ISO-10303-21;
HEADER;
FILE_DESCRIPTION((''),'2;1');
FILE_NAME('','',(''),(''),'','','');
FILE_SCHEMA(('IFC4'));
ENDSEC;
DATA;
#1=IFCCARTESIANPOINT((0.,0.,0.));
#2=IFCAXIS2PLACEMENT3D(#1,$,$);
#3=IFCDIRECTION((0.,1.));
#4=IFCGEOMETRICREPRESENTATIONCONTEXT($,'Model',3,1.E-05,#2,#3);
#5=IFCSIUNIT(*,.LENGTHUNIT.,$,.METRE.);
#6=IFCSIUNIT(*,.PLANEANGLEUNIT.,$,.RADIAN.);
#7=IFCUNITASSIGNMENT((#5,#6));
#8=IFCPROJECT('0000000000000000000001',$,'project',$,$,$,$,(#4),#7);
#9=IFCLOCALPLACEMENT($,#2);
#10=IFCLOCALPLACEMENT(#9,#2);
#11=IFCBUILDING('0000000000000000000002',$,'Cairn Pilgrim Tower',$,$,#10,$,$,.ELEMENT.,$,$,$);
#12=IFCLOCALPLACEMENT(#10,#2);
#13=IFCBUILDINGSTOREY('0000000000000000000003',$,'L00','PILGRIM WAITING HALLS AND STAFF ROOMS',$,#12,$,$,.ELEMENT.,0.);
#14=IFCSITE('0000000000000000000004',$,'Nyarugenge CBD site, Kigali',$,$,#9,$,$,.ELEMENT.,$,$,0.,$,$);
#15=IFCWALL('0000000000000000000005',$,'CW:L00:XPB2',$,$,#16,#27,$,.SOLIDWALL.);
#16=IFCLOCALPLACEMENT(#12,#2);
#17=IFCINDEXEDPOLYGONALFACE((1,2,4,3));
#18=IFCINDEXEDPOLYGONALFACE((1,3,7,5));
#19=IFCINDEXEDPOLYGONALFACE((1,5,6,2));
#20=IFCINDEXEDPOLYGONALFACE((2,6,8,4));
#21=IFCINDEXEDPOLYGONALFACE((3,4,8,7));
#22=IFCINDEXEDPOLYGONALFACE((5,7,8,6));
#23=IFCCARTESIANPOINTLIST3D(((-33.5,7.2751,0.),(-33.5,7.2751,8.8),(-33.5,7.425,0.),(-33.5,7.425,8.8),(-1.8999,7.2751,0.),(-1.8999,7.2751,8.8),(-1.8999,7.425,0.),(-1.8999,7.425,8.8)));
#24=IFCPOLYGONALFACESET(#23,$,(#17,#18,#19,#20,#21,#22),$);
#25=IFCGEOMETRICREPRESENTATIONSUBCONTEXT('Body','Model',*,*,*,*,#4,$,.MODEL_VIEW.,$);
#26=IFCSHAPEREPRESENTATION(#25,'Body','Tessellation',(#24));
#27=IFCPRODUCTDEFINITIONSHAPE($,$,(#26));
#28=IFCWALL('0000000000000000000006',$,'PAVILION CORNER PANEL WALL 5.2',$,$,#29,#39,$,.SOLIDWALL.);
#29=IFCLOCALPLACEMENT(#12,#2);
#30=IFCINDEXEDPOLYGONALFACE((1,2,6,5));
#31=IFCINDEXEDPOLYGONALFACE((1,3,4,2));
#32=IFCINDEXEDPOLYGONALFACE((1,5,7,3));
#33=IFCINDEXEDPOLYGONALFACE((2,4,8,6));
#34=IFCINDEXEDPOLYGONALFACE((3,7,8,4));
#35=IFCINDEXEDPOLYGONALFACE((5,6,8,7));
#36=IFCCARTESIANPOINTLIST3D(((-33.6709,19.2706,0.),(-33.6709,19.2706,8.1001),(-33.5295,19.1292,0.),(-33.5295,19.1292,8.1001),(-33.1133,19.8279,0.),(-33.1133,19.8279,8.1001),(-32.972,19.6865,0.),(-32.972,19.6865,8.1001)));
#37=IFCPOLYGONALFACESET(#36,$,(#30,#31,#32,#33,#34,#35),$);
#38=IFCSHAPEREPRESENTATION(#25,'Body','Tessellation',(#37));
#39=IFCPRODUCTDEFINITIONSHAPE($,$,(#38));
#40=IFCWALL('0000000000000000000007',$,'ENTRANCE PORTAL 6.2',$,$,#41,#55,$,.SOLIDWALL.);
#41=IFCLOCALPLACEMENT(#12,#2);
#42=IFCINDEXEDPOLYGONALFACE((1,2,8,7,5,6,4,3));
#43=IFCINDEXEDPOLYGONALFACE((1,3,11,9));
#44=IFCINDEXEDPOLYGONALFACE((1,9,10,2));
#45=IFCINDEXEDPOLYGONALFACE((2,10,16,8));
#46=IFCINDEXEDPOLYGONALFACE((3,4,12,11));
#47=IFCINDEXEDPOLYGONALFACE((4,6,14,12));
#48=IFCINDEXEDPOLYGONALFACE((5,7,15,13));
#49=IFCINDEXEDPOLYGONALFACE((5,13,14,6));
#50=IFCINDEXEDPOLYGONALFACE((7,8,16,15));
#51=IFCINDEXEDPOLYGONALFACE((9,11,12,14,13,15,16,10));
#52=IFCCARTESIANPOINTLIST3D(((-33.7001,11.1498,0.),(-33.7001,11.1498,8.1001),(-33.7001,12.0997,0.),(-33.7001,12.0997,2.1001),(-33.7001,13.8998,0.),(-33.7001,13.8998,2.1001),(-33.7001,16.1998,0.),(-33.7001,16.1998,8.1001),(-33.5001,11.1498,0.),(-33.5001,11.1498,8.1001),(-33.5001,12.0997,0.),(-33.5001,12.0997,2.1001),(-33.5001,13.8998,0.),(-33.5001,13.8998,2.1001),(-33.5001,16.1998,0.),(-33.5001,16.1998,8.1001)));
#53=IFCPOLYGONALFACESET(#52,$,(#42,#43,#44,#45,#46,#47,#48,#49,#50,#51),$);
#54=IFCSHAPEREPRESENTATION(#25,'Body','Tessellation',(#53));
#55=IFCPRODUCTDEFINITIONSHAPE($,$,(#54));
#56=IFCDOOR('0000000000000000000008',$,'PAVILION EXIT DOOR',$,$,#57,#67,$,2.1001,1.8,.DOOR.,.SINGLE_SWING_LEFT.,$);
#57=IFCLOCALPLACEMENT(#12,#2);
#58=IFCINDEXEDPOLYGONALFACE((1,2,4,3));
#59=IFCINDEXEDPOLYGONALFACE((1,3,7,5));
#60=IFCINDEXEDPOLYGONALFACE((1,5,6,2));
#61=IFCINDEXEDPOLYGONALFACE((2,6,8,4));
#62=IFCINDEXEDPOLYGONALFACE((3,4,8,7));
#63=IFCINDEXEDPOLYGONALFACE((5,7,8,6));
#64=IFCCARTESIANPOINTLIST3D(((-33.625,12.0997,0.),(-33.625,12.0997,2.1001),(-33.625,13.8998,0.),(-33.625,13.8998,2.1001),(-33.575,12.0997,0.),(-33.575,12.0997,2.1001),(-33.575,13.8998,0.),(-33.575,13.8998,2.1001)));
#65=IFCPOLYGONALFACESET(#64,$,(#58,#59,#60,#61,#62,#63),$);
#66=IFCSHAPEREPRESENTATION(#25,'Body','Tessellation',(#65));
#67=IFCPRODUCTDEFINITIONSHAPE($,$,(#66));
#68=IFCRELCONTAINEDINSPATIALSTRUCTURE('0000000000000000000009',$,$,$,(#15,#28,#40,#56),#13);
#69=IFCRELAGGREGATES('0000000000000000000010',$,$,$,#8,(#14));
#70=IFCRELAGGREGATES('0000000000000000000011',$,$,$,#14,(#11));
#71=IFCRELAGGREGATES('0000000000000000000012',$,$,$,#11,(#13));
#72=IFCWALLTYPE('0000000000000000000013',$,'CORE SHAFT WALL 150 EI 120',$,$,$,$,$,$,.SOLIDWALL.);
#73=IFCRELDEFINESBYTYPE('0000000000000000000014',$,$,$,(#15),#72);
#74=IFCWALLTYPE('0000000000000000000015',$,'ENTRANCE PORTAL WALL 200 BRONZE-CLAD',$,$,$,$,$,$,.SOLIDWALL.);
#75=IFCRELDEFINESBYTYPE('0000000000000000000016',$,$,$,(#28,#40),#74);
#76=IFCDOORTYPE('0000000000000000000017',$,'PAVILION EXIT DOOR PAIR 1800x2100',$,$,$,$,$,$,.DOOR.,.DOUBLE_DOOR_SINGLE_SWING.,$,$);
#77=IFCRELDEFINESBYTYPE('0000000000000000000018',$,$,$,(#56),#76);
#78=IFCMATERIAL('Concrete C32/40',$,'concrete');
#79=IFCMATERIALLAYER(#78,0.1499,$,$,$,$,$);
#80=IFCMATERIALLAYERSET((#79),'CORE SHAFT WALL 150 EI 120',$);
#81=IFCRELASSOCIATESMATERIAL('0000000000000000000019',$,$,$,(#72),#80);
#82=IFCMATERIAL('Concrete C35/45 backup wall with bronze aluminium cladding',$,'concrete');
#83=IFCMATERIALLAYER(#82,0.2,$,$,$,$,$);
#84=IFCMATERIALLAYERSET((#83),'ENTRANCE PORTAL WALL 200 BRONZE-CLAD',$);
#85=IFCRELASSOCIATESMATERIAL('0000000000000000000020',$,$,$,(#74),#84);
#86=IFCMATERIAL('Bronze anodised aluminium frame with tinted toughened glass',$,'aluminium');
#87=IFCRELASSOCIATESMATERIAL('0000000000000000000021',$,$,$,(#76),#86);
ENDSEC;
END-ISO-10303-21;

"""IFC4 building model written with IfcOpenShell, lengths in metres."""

from ifc_helpers import new_model, si_unit, direction, frame, frame_2d, origin, place, context, subcontext, project, spatial, rectangle, extrude, material, layer, layer_set, type_object, element, fill, save


model = new_model("IFC4")

# Units and contexts
model_context = context("Model", 3, precision=1e-05, world=origin(), true_north=direction((0.0, 1.0)))
body_context = subcontext(model_context, "Body", "Model", "MODEL_VIEW")
ifc_project = project(units=[si_unit("LENGTHUNIT", "METRE"), si_unit("PLANEANGLEUNIT", "RADIAN")], contexts=[model_context])

# Site, building, storey
site_placement = place(None, origin())
site = spatial("IfcSite", under=ifc_project, at=site_placement, Name="Nyarugenge CBD site, Kigali", CompositionType="ELEMENT", RefElevation=0.0)
building_placement = place(site_placement, origin())
building = spatial("IfcBuilding", under=site, at=building_placement, Name="Cairn Pilgrim Tower", CompositionType="ELEMENT")
storey_placement = place(building_placement, origin())
storey = spatial("IfcBuildingStorey", under=building, at=storey_placement, Name="L00", Description="PILGRIM WAITING HALLS AND STAFF ROOMS", CompositionType="ELEMENT", Elevation=0.0)

# Walls
ifc_material_1 = material(Name="Concrete C32/40", Category="concrete")
ifc_layer_1 = layer(ifc_material_1, 0.1499)
ifc_layer_set_1 = layer_set([ifc_layer_1], Name="CORE SHAFT WALL 150 EI 120")
wall_type_1 = type_object("IfcWallType", Name="CORE SHAFT WALL 150 EI 120", PredefinedType="SOLIDWALL", material=ifc_layer_set_1)
for number, where, z_axis, x_axis, name in (
    (1, (-33.5, 7.3501, 0.0), (0.0, 0.0, 1.0), (1.0, 0.0, 0.0), "CW:L00:XPB2"),
):
    element("IfcWall", number, at=place(storey_placement, frame(where, z_axis=z_axis, x_axis=x_axis)), inside=storey, type_object=wall_type_1, Name=name, PredefinedType="SOLIDWALL", context=body_context, shape_type="SweptSolid", body=[
        extrude(rectangle(XDim=31.6001, YDim=0.1499, at=frame_2d((15.8, 0.0))), origin(), (0.0, 0.0, 1.0), 8.8),
    ])
ifc_material_2 = material(Name="Concrete C35/45 backup wall with bronze aluminium cladding", Category="concrete")
ifc_layer_2 = layer(ifc_material_2, 0.2)
ifc_layer_set_2 = layer_set([ifc_layer_2], Name="ENTRANCE PORTAL WALL 200 BRONZE-CLAD")
wall_type_2 = type_object("IfcWallType", Name="ENTRANCE PORTAL WALL 200 BRONZE-CLAD", PredefinedType="SOLIDWALL", material=ifc_layer_set_2)
wall_1_placement = place(storey_placement, frame((-33.6001, 19.2, 0.0), z_axis=(0.0, 0.0, 1.0), x_axis=(0.707262, 0.706952, 0.0)))
element("IfcWall", 2, at=wall_1_placement, inside=storey, type_object=wall_type_2, Name="PAVILION CORNER PANEL WALL 5.2", PredefinedType="SOLIDWALL", context=body_context, shape_type="SweptSolid", body=[
    extrude(rectangle(XDim=0.7883, YDim=0.2, at=frame_2d((0.394, 0.0))), origin(), (0.0, 0.0, 1.0), 8.1001),
])

# Wall, opening, door
wall_2_placement = place(storey_placement, frame((-33.6001, 11.1499, 0.0), z_axis=(0.0, 0.0, 1.0), x_axis=(0.0, 1.0, 0.0)))
wall_2 = element("IfcWall", 3, at=wall_2_placement, inside=storey, type_object=wall_type_2, Name="ENTRANCE PORTAL 6.2", PredefinedType="SOLIDWALL", context=body_context, shape_type="SweptSolid", body=[
    extrude(rectangle(XDim=5.05, YDim=0.2, at=frame_2d((2.5249, 0.0))), origin(), (0.0, 0.0, 1.0), 8.1001),
])
opening_placement = place(wall_2_placement, frame((0.95, 0.0, 0.0)))
opening = element("IfcOpeningElement", 4, at=opening_placement, cuts=wall_2, PredefinedType="OPENING", context=body_context, shape_type="SweptSolid", body=[
    extrude(rectangle(XDim=1.8, YDim=2.1001, at=frame_2d((0.8999, 1.05))), frame((0.0, 0.1099, 0.0), z_axis=(0.0, -1.0, 0.0), x_axis=(1.0, 0.0, 0.0)), (0.0, 0.0, 1.0), 0.22),
])
ifc_material_3 = material(Name="Bronze anodised aluminium frame with tinted toughened glass", Category="aluminium")
door_type = type_object("IfcDoorType", Name="PAVILION EXIT DOOR PAIR 1800x2100", OperationType="DOUBLE_DOOR_SINGLE_SWING", PredefinedType="DOOR", material=ifc_material_3)
door_placement = place(opening_placement, origin())
door = element("IfcDoor", 5, at=door_placement, inside=storey, type_object=door_type, Name="PAVILION EXIT DOOR", OperationType="SINGLE_SWING_LEFT", OverallHeight=2.1001, OverallWidth=1.8, PredefinedType="DOOR", context=body_context, shape_type="SweptSolid", body=[
    extrude(rectangle(XDim=1.8, YDim=2.1001, at=frame_2d((0.8999, 1.05))), frame((0.0, 0.0249, 0.0), z_axis=(0.0, -1.0, 0.0), x_axis=(1.0, 0.0, 0.0)), (0.0, 0.0, 1.0), 0.05),
])
fill(opening, door)

save(model, "model.ifc")
